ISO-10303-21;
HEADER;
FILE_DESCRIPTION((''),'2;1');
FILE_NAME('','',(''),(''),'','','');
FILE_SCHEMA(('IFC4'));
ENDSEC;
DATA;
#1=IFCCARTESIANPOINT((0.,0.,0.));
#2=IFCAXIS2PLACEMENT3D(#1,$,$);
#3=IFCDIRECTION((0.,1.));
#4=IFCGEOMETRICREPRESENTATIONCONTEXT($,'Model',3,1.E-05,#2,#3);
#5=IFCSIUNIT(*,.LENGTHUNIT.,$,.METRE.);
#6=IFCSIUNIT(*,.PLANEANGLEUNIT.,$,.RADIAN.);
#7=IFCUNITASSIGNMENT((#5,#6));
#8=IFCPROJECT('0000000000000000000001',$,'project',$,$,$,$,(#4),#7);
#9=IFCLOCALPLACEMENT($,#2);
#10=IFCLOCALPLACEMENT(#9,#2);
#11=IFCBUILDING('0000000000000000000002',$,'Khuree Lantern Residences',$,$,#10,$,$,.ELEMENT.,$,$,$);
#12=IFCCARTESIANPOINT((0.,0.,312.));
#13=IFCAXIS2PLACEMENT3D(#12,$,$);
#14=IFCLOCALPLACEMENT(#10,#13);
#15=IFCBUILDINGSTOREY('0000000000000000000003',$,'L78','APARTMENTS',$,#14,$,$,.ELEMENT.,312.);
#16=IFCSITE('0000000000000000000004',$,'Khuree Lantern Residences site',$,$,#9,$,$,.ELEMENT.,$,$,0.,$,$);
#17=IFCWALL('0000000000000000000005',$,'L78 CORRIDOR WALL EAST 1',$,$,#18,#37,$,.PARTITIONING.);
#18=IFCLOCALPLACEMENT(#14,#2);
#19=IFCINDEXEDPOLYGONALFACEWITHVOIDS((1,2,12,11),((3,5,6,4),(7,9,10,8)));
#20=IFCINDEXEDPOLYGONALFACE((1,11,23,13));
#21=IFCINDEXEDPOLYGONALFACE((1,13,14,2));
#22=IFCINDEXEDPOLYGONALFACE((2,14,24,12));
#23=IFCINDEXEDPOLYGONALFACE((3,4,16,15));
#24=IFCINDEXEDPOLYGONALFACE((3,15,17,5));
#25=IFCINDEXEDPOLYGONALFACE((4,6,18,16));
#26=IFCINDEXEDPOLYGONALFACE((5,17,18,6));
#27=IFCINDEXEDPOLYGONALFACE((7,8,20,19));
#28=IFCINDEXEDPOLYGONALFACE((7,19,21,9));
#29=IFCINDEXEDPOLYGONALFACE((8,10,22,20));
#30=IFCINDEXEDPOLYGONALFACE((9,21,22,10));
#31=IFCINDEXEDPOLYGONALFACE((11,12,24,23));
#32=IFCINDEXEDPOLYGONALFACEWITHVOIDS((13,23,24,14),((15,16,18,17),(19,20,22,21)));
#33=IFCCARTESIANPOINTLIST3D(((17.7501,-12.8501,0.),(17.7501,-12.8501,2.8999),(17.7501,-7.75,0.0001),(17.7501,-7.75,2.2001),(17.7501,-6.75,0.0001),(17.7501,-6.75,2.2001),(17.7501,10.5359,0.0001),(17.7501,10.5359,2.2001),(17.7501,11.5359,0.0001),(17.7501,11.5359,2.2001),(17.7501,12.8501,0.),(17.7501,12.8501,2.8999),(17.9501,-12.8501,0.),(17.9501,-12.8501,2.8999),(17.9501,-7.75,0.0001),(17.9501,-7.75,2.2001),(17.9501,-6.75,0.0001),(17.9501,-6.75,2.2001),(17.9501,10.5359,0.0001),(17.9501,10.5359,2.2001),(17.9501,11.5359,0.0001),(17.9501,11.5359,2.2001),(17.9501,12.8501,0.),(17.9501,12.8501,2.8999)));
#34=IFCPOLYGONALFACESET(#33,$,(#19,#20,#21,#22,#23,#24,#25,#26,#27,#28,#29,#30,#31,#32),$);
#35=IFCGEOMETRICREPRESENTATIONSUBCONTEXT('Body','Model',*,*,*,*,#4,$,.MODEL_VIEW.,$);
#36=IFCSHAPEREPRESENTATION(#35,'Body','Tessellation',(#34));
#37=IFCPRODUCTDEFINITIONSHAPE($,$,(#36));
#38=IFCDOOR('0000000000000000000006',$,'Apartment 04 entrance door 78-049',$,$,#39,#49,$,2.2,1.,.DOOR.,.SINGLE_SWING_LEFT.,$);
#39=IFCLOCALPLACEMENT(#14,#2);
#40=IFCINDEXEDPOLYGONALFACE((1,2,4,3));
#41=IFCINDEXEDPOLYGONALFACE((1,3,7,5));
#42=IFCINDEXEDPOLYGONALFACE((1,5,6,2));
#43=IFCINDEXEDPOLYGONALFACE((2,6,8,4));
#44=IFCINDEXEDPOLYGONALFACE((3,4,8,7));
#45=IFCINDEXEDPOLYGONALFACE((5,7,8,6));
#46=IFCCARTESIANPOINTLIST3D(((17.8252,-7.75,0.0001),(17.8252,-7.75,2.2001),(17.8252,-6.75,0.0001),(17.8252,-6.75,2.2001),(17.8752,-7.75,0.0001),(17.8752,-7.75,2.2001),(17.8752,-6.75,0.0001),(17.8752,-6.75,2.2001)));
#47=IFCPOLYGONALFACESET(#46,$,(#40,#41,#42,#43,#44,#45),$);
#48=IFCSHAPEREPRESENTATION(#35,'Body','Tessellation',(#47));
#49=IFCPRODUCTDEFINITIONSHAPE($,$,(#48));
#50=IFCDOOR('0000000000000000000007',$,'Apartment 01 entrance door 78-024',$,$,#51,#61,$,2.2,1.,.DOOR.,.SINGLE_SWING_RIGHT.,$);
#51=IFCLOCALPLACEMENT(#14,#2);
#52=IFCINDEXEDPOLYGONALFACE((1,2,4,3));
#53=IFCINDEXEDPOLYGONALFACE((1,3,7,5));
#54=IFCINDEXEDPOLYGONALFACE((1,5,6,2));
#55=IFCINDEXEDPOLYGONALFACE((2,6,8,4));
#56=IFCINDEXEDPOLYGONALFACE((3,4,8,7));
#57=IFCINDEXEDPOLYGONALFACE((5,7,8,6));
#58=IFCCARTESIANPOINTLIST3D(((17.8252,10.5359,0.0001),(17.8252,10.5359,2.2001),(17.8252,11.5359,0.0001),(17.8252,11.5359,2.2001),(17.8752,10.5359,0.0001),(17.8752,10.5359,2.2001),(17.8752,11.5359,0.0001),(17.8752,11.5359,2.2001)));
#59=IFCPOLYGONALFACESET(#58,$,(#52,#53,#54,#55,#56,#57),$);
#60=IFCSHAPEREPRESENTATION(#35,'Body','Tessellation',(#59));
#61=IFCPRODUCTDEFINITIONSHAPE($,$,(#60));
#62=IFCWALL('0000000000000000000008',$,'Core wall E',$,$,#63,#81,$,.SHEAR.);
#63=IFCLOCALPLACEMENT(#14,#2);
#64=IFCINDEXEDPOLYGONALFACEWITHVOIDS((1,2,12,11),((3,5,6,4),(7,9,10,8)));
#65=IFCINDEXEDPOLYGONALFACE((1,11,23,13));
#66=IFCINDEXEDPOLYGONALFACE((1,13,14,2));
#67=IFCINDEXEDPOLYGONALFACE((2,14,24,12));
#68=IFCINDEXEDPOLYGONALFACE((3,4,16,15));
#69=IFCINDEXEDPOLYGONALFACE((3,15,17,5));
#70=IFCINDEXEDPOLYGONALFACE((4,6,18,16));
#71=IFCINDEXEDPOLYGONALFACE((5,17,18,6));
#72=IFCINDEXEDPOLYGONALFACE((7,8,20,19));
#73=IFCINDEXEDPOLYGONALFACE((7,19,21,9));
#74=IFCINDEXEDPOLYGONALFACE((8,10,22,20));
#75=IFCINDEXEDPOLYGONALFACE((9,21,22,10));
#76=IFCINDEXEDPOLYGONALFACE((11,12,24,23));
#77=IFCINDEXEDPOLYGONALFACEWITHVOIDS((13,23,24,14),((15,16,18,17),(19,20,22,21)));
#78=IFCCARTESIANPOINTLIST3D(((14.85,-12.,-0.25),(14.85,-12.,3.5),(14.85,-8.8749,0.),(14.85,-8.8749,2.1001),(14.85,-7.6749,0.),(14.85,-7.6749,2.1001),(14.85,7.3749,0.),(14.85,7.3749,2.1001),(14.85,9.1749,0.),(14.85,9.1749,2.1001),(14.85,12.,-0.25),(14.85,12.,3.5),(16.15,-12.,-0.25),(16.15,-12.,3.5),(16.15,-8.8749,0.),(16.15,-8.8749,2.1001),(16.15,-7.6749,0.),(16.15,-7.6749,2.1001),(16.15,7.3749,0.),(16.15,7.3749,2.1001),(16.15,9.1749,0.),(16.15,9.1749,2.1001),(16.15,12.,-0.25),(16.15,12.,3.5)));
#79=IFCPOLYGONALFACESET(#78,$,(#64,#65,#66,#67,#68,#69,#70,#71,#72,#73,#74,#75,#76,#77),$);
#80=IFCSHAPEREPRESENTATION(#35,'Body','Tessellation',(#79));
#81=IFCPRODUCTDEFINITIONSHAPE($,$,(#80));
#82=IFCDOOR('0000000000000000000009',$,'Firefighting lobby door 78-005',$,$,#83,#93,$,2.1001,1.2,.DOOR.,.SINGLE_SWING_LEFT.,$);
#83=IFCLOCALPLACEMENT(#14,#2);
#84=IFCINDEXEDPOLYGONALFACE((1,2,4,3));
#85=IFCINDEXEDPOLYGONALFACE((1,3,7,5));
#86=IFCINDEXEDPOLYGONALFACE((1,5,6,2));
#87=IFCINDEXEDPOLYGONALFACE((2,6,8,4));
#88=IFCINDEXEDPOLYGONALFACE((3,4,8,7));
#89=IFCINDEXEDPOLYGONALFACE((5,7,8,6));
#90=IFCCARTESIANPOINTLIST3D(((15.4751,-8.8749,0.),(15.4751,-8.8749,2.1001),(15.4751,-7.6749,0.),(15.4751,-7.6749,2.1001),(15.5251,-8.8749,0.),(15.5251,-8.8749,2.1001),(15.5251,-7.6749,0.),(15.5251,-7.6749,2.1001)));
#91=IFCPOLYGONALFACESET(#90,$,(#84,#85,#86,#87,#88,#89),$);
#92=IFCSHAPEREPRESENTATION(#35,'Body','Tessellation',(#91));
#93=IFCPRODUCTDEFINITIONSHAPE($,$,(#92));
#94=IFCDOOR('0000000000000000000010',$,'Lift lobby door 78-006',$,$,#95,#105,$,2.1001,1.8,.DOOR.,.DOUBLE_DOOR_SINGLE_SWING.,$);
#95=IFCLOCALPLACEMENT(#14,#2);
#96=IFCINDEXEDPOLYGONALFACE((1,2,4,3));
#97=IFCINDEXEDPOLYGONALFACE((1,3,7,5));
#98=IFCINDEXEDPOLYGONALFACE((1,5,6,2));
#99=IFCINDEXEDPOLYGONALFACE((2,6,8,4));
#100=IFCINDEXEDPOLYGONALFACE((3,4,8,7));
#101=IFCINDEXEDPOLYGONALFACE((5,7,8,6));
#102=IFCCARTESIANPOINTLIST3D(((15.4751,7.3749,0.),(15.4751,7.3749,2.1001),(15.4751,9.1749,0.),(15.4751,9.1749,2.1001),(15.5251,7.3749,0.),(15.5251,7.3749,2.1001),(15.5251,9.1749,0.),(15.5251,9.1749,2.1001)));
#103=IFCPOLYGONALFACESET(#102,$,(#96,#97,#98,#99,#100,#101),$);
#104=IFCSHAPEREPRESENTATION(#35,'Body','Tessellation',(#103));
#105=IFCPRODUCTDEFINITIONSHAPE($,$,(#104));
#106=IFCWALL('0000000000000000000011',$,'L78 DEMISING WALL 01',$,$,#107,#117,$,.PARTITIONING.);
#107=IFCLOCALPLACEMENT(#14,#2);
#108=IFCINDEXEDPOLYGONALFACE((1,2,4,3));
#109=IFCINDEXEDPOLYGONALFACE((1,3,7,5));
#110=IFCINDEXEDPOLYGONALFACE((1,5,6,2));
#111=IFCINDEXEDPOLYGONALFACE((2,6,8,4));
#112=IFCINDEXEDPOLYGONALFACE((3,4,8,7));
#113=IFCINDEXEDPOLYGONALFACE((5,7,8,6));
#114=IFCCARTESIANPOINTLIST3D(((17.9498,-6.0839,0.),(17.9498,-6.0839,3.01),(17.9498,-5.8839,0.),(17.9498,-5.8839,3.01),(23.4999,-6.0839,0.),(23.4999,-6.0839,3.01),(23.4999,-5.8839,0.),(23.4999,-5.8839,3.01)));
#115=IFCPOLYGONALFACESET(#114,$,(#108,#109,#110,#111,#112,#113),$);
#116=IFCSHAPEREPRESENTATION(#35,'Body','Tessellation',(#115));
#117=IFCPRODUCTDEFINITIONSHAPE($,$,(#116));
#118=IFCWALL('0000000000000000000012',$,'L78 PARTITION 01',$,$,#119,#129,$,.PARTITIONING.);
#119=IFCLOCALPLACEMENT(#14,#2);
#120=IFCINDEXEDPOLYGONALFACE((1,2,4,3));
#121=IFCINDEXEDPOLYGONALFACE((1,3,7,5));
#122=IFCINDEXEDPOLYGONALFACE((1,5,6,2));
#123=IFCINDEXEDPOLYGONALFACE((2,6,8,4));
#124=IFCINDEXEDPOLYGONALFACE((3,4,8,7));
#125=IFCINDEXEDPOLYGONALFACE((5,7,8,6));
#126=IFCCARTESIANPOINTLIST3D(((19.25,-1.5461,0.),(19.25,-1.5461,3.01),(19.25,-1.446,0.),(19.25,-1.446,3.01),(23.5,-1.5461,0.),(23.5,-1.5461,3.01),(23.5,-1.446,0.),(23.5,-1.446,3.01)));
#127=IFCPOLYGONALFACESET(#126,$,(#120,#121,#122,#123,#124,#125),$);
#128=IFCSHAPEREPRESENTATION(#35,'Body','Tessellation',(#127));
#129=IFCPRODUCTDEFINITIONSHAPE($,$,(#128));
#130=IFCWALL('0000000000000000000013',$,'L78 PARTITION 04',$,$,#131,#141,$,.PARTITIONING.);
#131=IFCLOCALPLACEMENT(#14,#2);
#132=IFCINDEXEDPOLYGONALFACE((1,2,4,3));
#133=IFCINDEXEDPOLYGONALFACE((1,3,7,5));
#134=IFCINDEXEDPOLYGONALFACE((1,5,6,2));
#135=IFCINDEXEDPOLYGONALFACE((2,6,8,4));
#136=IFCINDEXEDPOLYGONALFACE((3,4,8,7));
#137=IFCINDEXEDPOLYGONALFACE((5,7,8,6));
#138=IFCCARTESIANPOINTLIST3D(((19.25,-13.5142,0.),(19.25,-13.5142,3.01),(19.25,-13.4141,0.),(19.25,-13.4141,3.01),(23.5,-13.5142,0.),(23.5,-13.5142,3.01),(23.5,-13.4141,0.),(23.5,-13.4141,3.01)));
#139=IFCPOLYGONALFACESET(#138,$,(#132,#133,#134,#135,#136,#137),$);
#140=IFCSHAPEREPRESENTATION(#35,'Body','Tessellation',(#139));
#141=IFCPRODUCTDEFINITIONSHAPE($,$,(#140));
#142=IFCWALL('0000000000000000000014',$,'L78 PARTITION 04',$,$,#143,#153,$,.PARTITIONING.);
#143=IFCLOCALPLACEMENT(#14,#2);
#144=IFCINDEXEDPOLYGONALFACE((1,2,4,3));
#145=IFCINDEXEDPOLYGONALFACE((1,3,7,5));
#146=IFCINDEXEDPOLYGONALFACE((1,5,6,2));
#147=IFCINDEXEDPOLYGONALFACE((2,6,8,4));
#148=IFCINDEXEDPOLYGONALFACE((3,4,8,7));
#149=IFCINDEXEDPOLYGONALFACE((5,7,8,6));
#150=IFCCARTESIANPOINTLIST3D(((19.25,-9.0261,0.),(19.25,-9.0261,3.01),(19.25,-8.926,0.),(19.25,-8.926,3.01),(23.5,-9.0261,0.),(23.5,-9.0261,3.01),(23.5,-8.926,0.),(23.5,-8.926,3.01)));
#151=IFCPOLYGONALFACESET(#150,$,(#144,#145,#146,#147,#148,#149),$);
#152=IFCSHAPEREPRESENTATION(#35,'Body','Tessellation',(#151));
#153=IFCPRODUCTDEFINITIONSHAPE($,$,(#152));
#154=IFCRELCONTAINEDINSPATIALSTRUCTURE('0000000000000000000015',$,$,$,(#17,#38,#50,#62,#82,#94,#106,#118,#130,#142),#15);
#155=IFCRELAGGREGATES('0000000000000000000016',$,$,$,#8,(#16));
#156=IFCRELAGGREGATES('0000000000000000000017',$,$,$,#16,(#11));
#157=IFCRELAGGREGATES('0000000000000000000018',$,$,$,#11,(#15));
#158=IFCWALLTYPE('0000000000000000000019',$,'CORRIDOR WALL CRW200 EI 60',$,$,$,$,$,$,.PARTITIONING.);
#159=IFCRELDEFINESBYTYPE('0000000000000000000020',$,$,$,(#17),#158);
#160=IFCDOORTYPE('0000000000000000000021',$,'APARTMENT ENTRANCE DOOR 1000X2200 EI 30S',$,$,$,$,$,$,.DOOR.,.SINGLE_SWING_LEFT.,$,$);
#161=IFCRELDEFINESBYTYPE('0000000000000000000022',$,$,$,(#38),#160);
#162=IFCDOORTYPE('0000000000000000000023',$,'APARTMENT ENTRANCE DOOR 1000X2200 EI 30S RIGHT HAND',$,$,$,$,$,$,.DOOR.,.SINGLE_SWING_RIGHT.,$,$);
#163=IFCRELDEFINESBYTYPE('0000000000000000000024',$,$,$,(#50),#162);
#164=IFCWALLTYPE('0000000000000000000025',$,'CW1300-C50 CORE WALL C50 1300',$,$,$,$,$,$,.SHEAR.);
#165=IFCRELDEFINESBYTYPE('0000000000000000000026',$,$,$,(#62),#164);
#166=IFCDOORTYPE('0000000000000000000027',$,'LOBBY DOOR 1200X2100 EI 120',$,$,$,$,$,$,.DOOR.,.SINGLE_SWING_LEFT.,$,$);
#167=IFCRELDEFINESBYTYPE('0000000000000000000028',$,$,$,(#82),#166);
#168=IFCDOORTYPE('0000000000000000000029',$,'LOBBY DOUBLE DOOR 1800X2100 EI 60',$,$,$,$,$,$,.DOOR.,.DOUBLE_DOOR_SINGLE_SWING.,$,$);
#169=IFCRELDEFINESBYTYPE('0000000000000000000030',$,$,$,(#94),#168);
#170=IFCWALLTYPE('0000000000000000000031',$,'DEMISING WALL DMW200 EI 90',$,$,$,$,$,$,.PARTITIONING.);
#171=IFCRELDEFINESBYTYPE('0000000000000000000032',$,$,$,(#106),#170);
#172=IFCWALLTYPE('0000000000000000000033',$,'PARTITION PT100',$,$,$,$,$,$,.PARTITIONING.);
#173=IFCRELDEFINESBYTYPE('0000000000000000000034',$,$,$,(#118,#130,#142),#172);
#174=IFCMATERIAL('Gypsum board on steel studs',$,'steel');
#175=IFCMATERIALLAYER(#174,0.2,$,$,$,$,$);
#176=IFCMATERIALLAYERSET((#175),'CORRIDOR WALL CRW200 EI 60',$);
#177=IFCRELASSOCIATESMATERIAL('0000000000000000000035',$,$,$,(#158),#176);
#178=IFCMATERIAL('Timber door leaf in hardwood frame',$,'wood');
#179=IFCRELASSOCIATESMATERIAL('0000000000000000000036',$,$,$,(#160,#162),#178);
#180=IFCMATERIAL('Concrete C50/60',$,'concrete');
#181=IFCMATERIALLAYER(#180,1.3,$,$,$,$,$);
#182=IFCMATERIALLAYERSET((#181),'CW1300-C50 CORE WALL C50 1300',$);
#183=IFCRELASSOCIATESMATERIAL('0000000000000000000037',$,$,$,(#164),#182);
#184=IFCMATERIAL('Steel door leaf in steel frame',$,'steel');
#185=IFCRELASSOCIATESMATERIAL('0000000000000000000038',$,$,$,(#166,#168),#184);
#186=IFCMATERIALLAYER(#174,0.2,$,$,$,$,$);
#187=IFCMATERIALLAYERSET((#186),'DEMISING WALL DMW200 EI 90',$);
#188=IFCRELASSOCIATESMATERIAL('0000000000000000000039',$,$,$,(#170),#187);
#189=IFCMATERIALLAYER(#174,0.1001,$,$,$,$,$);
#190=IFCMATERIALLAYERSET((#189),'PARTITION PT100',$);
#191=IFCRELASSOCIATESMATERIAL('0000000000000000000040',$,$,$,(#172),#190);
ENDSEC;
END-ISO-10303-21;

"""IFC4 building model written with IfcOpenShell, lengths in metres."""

from ifc_helpers import new_model, si_unit, direction, frame, frame_2d, origin, place, context, subcontext, project, spatial, rectangle, extrude, material, layer, layer_set, type_object, element, fill, save


model = new_model("IFC4")

# Units and contexts
model_context = context("Model", 3, precision=1e-05, world=origin(), true_north=direction((0.0, 1.0)))
body_context = subcontext(model_context, "Body", "Model", "MODEL_VIEW")
ifc_project = project(units=[si_unit("LENGTHUNIT", "METRE"), si_unit("PLANEANGLEUNIT", "RADIAN")], contexts=[model_context])

# Site, building, storey
site_placement = place(None, origin())
site = spatial("IfcSite", under=ifc_project, at=site_placement, Name="Khuree Lantern Residences site", CompositionType="ELEMENT", RefElevation=0.0)
building_placement = place(site_placement, origin())
building = spatial("IfcBuilding", under=site, at=building_placement, Name="Khuree Lantern Residences", CompositionType="ELEMENT")
storey_placement = place(building_placement, frame((0.0, 0.0, 312.0)))
storey = spatial("IfcBuildingStorey", under=building, at=storey_placement, Name="L78", Description="APARTMENTS", CompositionType="ELEMENT", Elevation=312.0)

# Shared definitions
ifc_material_1 = material(Name="Concrete C50/60", Category="concrete")

# Shared definitions
ifc_material_2 = material(Name="Gypsum board on steel studs", Category="steel")
ifc_layer_1 = layer(ifc_material_2, 0.2)
ifc_layer_set_1 = layer_set([ifc_layer_1], Name="CORRIDOR WALL CRW200 EI 60")
wall_type_1 = type_object("IfcWallType", Name="CORRIDOR WALL CRW200 EI 60", PredefinedType="PARTITIONING", material=ifc_layer_set_1)

# Walls, openings, doors
wall_1_placement = place(storey_placement, frame((17.8501, -12.8501, 0.0), z_axis=(0.0, 0.0, 1.0), x_axis=(0.0, 1.0, 0.0)))
wall_1 = element("IfcWall", 1, at=wall_1_placement, inside=storey, type_object=wall_type_1, Name="L78 CORRIDOR WALL EAST 1", PredefinedType="PARTITIONING", context=body_context, shape_type="SweptSolid", body=[
    extrude(rectangle(XDim=25.7002, YDim=0.2, at=frame_2d((12.8501, 0.0))), origin(), (0.0, 0.0, 1.0), 2.8999),
])
opening_1_placement = place(wall_1_placement, frame((23.386, 0.0, 0.0)))
opening_1 = element("IfcOpeningElement", 2, at=opening_1_placement, cuts=wall_1, PredefinedType="OPENING", context=body_context, shape_type="SweptSolid", body=[
    extrude(rectangle(XDim=1.0, YDim=2.2, at=frame_2d((0.5, 1.1001))), frame((0.0, 0.1099, 0.0), z_axis=(0.0, -1.0, 0.0), x_axis=(1.0, 0.0, 0.0)), (0.0, 0.0, 1.0), 0.22),
])
opening_2_placement = place(wall_1_placement, frame((5.1001, 0.0, 0.0)))
opening_2 = element("IfcOpeningElement", 3, at=opening_2_placement, cuts=wall_1, PredefinedType="OPENING", context=body_context, shape_type="SweptSolid", body=[
    extrude(rectangle(XDim=1.0, YDim=2.2, at=frame_2d((0.5, 1.1001))), frame((0.0, 0.1099, 0.0), z_axis=(0.0, -1.0, 0.0), x_axis=(1.0, 0.0, 0.0)), (0.0, 0.0, 1.0), 0.22),
])
ifc_material_3 = material(Name="Timber door leaf in hardwood frame", Category="wood")
door_type_1 = type_object("IfcDoorType", Name="APARTMENT ENTRANCE DOOR 1000X2200 EI 30S", OperationType="SINGLE_SWING_LEFT", PredefinedType="DOOR", material=ifc_material_3)
door_1_placement = place(opening_2_placement, origin())
door_1 = element("IfcDoor", 4, at=door_1_placement, inside=storey, type_object=door_type_1, Name="Apartment 04 entrance door 78-049", OperationType="SINGLE_SWING_LEFT", OverallHeight=2.2, OverallWidth=1.0, PredefinedType="DOOR", context=body_context, shape_type="SweptSolid", body=[
    extrude(rectangle(XDim=1.0, YDim=2.2, at=frame_2d((0.5, 1.1001))), frame((0.0, 0.0249, 0.0), z_axis=(0.0, -1.0, 0.0), x_axis=(1.0, 0.0, 0.0)), (0.0, 0.0, 1.0), 0.05),
])
fill(opening_2, door_1)
door_type_2 = type_object("IfcDoorType", Name="APARTMENT ENTRANCE DOOR 1000X2200 EI 30S RIGHT HAND", OperationType="SINGLE_SWING_RIGHT", PredefinedType="DOOR", material=ifc_material_3)
door_2_placement = place(opening_1_placement, origin())
door_2 = element("IfcDoor", 5, at=door_2_placement, inside=storey, type_object=door_type_2, Name="Apartment 01 entrance door 78-024", OperationType="SINGLE_SWING_RIGHT", OverallHeight=2.2, OverallWidth=1.0, PredefinedType="DOOR", context=body_context, shape_type="SweptSolid", body=[
    extrude(rectangle(XDim=1.0, YDim=2.2, at=frame_2d((0.5, 1.1001))), frame((0.0, 0.0249, 0.0), z_axis=(0.0, -1.0, 0.0), x_axis=(1.0, 0.0, 0.0)), (0.0, 0.0, 1.0), 0.05),
])
fill(opening_1, door_2)
ifc_layer_2 = layer(ifc_material_1, 1.3)
ifc_layer_set_2 = layer_set([ifc_layer_2], Name="CW1300-C50 CORE WALL C50 1300")
wall_type_2 = type_object("IfcWallType", Name="CW1300-C50 CORE WALL C50 1300", PredefinedType="SHEAR", material=ifc_layer_set_2)
wall_2_placement = place(storey_placement, frame((15.5, -12.0, -0.25), z_axis=(0.0, 0.0, 1.0), x_axis=(0.0, 1.0, 0.0)))
wall_2 = element("IfcWall", 6, at=wall_2_placement, inside=storey, type_object=wall_type_2, Name="Core wall E", PredefinedType="SHEAR", context=body_context, shape_type="SweptSolid", body=[
    extrude(rectangle(XDim=24.0, YDim=1.3, at=frame_2d((12.0, 0.0))), origin(), (0.0, 0.0, 1.0), 3.75),
])
opening_3_placement = place(wall_2_placement, frame((3.125, 0.0, 0.25)))
opening_3 = element("IfcOpeningElement", 7, at=opening_3_placement, cuts=wall_2, PredefinedType="OPENING", context=body_context, shape_type="SweptSolid", body=[
    extrude(rectangle(XDim=1.2, YDim=2.1001, at=frame_2d((0.6001, 1.05))), frame((0.0, 0.6602, 0.0), z_axis=(0.0, -1.0, 0.0), x_axis=(1.0, 0.0, 0.0)), (0.0, 0.0, 1.0), 1.3201),
])
opening_4_placement = place(wall_2_placement, frame((19.375, 0.0, 0.25)))
opening_4 = element("IfcOpeningElement", 8, at=opening_4_placement, cuts=wall_2, PredefinedType="OPENING", context=body_context, shape_type="SweptSolid", body=[
    extrude(rectangle(XDim=1.8, YDim=2.1001, at=frame_2d((0.8999, 1.05))), frame((0.0, 0.6602, 0.0), z_axis=(0.0, -1.0, 0.0), x_axis=(1.0, 0.0, 0.0)), (0.0, 0.0, 1.0), 1.3201),
])
ifc_material_4 = material(Name="Steel door leaf in steel frame", Category="steel")
door_type_3 = type_object("IfcDoorType", Name="LOBBY DOOR 1200X2100 EI 120", OperationType="SINGLE_SWING_LEFT", PredefinedType="DOOR", material=ifc_material_4)
door_3_placement = place(opening_3_placement, origin())
door_3 = element("IfcDoor", 9, at=door_3_placement, inside=storey, type_object=door_type_3, Name="Firefighting lobby door 78-005", OperationType="SINGLE_SWING_LEFT", OverallHeight=2.1001, OverallWidth=1.2, PredefinedType="DOOR", context=body_context, shape_type="SweptSolid", body=[
    extrude(rectangle(XDim=1.2, YDim=2.1001, at=frame_2d((0.6001, 1.05))), frame((0.0, 0.0249, 0.0), z_axis=(0.0, -1.0, 0.0), x_axis=(1.0, 0.0, 0.0)), (0.0, 0.0, 1.0), 0.05),
])
fill(opening_3, door_3)
door_type_4 = type_object("IfcDoorType", Name="LOBBY DOUBLE DOOR 1800X2100 EI 60", OperationType="DOUBLE_DOOR_SINGLE_SWING", PredefinedType="DOOR", material=ifc_material_4)
door_4_placement = place(opening_4_placement, origin())
door_4 = element("IfcDoor", 10, at=door_4_placement, inside=storey, type_object=door_type_4, Name="Lift lobby door 78-006", OperationType="DOUBLE_DOOR_SINGLE_SWING", OverallHeight=2.1001, OverallWidth=1.8, PredefinedType="DOOR", context=body_context, shape_type="SweptSolid", body=[
    extrude(rectangle(XDim=1.8, YDim=2.1001, at=frame_2d((0.8999, 1.05))), frame((0.0, 0.0249, 0.0), z_axis=(0.0, -1.0, 0.0), x_axis=(1.0, 0.0, 0.0)), (0.0, 0.0, 1.0), 0.05),
])
fill(opening_4, door_4)

# Walls
ifc_layer_3 = layer(ifc_material_2, 0.2)
ifc_layer_set_3 = layer_set([ifc_layer_3], Name="DEMISING WALL DMW200 EI 90")
wall_type_3 = type_object("IfcWallType", Name="DEMISING WALL DMW200 EI 90", PredefinedType="PARTITIONING", material=ifc_layer_set_3)
wall_3_placement = place(storey_placement, frame((17.95, -5.9839, 0.0), z_axis=(0.0, 0.0, 1.0), x_axis=(1.0, 0.0, 0.0)))
element("IfcWall", 11, at=wall_3_placement, inside=storey, type_object=wall_type_3, Name="L78 DEMISING WALL 01", PredefinedType="PARTITIONING", context=body_context, shape_type="SweptSolid", body=[
    extrude(rectangle(XDim=5.55, YDim=0.2, at=frame_2d((2.7749, 0.0))), origin(), (0.0, 0.0, 1.0), 3.01),
])
ifc_layer_4 = layer(ifc_material_2, 0.1001)
ifc_layer_set_4 = layer_set([ifc_layer_4], Name="PARTITION PT100")
wall_type_4 = type_object("IfcWallType", Name="PARTITION PT100", PredefinedType="PARTITIONING", material=ifc_layer_set_4)
for number, where, z_axis, x_axis, name in (
    (12, (19.25, -1.4961, 0.0), (0.0, 0.0, 1.0), (1.0, 0.0, 0.0), "L78 PARTITION 01"),
    (13, (19.25, -13.4641, 0.0), (0.0, 0.0, 1.0), (1.0, 0.0, 0.0), "L78 PARTITION 04"),
    (14, (19.25, -8.9761, 0.0), (0.0, 0.0, 1.0), (1.0, 0.0, 0.0), "L78 PARTITION 04"),
):
    element("IfcWall", number, at=place(storey_placement, frame(where, z_axis=z_axis, x_axis=x_axis)), inside=storey, type_object=wall_type_4, Name=name, PredefinedType="PARTITIONING", context=body_context, shape_type="SweptSolid", body=[
        extrude(rectangle(XDim=4.25, YDim=0.1001, at=frame_2d((2.125, 0.0))), origin(), (0.0, 0.0, 1.0), 3.01),
    ])

save(model, "model.ifc")
